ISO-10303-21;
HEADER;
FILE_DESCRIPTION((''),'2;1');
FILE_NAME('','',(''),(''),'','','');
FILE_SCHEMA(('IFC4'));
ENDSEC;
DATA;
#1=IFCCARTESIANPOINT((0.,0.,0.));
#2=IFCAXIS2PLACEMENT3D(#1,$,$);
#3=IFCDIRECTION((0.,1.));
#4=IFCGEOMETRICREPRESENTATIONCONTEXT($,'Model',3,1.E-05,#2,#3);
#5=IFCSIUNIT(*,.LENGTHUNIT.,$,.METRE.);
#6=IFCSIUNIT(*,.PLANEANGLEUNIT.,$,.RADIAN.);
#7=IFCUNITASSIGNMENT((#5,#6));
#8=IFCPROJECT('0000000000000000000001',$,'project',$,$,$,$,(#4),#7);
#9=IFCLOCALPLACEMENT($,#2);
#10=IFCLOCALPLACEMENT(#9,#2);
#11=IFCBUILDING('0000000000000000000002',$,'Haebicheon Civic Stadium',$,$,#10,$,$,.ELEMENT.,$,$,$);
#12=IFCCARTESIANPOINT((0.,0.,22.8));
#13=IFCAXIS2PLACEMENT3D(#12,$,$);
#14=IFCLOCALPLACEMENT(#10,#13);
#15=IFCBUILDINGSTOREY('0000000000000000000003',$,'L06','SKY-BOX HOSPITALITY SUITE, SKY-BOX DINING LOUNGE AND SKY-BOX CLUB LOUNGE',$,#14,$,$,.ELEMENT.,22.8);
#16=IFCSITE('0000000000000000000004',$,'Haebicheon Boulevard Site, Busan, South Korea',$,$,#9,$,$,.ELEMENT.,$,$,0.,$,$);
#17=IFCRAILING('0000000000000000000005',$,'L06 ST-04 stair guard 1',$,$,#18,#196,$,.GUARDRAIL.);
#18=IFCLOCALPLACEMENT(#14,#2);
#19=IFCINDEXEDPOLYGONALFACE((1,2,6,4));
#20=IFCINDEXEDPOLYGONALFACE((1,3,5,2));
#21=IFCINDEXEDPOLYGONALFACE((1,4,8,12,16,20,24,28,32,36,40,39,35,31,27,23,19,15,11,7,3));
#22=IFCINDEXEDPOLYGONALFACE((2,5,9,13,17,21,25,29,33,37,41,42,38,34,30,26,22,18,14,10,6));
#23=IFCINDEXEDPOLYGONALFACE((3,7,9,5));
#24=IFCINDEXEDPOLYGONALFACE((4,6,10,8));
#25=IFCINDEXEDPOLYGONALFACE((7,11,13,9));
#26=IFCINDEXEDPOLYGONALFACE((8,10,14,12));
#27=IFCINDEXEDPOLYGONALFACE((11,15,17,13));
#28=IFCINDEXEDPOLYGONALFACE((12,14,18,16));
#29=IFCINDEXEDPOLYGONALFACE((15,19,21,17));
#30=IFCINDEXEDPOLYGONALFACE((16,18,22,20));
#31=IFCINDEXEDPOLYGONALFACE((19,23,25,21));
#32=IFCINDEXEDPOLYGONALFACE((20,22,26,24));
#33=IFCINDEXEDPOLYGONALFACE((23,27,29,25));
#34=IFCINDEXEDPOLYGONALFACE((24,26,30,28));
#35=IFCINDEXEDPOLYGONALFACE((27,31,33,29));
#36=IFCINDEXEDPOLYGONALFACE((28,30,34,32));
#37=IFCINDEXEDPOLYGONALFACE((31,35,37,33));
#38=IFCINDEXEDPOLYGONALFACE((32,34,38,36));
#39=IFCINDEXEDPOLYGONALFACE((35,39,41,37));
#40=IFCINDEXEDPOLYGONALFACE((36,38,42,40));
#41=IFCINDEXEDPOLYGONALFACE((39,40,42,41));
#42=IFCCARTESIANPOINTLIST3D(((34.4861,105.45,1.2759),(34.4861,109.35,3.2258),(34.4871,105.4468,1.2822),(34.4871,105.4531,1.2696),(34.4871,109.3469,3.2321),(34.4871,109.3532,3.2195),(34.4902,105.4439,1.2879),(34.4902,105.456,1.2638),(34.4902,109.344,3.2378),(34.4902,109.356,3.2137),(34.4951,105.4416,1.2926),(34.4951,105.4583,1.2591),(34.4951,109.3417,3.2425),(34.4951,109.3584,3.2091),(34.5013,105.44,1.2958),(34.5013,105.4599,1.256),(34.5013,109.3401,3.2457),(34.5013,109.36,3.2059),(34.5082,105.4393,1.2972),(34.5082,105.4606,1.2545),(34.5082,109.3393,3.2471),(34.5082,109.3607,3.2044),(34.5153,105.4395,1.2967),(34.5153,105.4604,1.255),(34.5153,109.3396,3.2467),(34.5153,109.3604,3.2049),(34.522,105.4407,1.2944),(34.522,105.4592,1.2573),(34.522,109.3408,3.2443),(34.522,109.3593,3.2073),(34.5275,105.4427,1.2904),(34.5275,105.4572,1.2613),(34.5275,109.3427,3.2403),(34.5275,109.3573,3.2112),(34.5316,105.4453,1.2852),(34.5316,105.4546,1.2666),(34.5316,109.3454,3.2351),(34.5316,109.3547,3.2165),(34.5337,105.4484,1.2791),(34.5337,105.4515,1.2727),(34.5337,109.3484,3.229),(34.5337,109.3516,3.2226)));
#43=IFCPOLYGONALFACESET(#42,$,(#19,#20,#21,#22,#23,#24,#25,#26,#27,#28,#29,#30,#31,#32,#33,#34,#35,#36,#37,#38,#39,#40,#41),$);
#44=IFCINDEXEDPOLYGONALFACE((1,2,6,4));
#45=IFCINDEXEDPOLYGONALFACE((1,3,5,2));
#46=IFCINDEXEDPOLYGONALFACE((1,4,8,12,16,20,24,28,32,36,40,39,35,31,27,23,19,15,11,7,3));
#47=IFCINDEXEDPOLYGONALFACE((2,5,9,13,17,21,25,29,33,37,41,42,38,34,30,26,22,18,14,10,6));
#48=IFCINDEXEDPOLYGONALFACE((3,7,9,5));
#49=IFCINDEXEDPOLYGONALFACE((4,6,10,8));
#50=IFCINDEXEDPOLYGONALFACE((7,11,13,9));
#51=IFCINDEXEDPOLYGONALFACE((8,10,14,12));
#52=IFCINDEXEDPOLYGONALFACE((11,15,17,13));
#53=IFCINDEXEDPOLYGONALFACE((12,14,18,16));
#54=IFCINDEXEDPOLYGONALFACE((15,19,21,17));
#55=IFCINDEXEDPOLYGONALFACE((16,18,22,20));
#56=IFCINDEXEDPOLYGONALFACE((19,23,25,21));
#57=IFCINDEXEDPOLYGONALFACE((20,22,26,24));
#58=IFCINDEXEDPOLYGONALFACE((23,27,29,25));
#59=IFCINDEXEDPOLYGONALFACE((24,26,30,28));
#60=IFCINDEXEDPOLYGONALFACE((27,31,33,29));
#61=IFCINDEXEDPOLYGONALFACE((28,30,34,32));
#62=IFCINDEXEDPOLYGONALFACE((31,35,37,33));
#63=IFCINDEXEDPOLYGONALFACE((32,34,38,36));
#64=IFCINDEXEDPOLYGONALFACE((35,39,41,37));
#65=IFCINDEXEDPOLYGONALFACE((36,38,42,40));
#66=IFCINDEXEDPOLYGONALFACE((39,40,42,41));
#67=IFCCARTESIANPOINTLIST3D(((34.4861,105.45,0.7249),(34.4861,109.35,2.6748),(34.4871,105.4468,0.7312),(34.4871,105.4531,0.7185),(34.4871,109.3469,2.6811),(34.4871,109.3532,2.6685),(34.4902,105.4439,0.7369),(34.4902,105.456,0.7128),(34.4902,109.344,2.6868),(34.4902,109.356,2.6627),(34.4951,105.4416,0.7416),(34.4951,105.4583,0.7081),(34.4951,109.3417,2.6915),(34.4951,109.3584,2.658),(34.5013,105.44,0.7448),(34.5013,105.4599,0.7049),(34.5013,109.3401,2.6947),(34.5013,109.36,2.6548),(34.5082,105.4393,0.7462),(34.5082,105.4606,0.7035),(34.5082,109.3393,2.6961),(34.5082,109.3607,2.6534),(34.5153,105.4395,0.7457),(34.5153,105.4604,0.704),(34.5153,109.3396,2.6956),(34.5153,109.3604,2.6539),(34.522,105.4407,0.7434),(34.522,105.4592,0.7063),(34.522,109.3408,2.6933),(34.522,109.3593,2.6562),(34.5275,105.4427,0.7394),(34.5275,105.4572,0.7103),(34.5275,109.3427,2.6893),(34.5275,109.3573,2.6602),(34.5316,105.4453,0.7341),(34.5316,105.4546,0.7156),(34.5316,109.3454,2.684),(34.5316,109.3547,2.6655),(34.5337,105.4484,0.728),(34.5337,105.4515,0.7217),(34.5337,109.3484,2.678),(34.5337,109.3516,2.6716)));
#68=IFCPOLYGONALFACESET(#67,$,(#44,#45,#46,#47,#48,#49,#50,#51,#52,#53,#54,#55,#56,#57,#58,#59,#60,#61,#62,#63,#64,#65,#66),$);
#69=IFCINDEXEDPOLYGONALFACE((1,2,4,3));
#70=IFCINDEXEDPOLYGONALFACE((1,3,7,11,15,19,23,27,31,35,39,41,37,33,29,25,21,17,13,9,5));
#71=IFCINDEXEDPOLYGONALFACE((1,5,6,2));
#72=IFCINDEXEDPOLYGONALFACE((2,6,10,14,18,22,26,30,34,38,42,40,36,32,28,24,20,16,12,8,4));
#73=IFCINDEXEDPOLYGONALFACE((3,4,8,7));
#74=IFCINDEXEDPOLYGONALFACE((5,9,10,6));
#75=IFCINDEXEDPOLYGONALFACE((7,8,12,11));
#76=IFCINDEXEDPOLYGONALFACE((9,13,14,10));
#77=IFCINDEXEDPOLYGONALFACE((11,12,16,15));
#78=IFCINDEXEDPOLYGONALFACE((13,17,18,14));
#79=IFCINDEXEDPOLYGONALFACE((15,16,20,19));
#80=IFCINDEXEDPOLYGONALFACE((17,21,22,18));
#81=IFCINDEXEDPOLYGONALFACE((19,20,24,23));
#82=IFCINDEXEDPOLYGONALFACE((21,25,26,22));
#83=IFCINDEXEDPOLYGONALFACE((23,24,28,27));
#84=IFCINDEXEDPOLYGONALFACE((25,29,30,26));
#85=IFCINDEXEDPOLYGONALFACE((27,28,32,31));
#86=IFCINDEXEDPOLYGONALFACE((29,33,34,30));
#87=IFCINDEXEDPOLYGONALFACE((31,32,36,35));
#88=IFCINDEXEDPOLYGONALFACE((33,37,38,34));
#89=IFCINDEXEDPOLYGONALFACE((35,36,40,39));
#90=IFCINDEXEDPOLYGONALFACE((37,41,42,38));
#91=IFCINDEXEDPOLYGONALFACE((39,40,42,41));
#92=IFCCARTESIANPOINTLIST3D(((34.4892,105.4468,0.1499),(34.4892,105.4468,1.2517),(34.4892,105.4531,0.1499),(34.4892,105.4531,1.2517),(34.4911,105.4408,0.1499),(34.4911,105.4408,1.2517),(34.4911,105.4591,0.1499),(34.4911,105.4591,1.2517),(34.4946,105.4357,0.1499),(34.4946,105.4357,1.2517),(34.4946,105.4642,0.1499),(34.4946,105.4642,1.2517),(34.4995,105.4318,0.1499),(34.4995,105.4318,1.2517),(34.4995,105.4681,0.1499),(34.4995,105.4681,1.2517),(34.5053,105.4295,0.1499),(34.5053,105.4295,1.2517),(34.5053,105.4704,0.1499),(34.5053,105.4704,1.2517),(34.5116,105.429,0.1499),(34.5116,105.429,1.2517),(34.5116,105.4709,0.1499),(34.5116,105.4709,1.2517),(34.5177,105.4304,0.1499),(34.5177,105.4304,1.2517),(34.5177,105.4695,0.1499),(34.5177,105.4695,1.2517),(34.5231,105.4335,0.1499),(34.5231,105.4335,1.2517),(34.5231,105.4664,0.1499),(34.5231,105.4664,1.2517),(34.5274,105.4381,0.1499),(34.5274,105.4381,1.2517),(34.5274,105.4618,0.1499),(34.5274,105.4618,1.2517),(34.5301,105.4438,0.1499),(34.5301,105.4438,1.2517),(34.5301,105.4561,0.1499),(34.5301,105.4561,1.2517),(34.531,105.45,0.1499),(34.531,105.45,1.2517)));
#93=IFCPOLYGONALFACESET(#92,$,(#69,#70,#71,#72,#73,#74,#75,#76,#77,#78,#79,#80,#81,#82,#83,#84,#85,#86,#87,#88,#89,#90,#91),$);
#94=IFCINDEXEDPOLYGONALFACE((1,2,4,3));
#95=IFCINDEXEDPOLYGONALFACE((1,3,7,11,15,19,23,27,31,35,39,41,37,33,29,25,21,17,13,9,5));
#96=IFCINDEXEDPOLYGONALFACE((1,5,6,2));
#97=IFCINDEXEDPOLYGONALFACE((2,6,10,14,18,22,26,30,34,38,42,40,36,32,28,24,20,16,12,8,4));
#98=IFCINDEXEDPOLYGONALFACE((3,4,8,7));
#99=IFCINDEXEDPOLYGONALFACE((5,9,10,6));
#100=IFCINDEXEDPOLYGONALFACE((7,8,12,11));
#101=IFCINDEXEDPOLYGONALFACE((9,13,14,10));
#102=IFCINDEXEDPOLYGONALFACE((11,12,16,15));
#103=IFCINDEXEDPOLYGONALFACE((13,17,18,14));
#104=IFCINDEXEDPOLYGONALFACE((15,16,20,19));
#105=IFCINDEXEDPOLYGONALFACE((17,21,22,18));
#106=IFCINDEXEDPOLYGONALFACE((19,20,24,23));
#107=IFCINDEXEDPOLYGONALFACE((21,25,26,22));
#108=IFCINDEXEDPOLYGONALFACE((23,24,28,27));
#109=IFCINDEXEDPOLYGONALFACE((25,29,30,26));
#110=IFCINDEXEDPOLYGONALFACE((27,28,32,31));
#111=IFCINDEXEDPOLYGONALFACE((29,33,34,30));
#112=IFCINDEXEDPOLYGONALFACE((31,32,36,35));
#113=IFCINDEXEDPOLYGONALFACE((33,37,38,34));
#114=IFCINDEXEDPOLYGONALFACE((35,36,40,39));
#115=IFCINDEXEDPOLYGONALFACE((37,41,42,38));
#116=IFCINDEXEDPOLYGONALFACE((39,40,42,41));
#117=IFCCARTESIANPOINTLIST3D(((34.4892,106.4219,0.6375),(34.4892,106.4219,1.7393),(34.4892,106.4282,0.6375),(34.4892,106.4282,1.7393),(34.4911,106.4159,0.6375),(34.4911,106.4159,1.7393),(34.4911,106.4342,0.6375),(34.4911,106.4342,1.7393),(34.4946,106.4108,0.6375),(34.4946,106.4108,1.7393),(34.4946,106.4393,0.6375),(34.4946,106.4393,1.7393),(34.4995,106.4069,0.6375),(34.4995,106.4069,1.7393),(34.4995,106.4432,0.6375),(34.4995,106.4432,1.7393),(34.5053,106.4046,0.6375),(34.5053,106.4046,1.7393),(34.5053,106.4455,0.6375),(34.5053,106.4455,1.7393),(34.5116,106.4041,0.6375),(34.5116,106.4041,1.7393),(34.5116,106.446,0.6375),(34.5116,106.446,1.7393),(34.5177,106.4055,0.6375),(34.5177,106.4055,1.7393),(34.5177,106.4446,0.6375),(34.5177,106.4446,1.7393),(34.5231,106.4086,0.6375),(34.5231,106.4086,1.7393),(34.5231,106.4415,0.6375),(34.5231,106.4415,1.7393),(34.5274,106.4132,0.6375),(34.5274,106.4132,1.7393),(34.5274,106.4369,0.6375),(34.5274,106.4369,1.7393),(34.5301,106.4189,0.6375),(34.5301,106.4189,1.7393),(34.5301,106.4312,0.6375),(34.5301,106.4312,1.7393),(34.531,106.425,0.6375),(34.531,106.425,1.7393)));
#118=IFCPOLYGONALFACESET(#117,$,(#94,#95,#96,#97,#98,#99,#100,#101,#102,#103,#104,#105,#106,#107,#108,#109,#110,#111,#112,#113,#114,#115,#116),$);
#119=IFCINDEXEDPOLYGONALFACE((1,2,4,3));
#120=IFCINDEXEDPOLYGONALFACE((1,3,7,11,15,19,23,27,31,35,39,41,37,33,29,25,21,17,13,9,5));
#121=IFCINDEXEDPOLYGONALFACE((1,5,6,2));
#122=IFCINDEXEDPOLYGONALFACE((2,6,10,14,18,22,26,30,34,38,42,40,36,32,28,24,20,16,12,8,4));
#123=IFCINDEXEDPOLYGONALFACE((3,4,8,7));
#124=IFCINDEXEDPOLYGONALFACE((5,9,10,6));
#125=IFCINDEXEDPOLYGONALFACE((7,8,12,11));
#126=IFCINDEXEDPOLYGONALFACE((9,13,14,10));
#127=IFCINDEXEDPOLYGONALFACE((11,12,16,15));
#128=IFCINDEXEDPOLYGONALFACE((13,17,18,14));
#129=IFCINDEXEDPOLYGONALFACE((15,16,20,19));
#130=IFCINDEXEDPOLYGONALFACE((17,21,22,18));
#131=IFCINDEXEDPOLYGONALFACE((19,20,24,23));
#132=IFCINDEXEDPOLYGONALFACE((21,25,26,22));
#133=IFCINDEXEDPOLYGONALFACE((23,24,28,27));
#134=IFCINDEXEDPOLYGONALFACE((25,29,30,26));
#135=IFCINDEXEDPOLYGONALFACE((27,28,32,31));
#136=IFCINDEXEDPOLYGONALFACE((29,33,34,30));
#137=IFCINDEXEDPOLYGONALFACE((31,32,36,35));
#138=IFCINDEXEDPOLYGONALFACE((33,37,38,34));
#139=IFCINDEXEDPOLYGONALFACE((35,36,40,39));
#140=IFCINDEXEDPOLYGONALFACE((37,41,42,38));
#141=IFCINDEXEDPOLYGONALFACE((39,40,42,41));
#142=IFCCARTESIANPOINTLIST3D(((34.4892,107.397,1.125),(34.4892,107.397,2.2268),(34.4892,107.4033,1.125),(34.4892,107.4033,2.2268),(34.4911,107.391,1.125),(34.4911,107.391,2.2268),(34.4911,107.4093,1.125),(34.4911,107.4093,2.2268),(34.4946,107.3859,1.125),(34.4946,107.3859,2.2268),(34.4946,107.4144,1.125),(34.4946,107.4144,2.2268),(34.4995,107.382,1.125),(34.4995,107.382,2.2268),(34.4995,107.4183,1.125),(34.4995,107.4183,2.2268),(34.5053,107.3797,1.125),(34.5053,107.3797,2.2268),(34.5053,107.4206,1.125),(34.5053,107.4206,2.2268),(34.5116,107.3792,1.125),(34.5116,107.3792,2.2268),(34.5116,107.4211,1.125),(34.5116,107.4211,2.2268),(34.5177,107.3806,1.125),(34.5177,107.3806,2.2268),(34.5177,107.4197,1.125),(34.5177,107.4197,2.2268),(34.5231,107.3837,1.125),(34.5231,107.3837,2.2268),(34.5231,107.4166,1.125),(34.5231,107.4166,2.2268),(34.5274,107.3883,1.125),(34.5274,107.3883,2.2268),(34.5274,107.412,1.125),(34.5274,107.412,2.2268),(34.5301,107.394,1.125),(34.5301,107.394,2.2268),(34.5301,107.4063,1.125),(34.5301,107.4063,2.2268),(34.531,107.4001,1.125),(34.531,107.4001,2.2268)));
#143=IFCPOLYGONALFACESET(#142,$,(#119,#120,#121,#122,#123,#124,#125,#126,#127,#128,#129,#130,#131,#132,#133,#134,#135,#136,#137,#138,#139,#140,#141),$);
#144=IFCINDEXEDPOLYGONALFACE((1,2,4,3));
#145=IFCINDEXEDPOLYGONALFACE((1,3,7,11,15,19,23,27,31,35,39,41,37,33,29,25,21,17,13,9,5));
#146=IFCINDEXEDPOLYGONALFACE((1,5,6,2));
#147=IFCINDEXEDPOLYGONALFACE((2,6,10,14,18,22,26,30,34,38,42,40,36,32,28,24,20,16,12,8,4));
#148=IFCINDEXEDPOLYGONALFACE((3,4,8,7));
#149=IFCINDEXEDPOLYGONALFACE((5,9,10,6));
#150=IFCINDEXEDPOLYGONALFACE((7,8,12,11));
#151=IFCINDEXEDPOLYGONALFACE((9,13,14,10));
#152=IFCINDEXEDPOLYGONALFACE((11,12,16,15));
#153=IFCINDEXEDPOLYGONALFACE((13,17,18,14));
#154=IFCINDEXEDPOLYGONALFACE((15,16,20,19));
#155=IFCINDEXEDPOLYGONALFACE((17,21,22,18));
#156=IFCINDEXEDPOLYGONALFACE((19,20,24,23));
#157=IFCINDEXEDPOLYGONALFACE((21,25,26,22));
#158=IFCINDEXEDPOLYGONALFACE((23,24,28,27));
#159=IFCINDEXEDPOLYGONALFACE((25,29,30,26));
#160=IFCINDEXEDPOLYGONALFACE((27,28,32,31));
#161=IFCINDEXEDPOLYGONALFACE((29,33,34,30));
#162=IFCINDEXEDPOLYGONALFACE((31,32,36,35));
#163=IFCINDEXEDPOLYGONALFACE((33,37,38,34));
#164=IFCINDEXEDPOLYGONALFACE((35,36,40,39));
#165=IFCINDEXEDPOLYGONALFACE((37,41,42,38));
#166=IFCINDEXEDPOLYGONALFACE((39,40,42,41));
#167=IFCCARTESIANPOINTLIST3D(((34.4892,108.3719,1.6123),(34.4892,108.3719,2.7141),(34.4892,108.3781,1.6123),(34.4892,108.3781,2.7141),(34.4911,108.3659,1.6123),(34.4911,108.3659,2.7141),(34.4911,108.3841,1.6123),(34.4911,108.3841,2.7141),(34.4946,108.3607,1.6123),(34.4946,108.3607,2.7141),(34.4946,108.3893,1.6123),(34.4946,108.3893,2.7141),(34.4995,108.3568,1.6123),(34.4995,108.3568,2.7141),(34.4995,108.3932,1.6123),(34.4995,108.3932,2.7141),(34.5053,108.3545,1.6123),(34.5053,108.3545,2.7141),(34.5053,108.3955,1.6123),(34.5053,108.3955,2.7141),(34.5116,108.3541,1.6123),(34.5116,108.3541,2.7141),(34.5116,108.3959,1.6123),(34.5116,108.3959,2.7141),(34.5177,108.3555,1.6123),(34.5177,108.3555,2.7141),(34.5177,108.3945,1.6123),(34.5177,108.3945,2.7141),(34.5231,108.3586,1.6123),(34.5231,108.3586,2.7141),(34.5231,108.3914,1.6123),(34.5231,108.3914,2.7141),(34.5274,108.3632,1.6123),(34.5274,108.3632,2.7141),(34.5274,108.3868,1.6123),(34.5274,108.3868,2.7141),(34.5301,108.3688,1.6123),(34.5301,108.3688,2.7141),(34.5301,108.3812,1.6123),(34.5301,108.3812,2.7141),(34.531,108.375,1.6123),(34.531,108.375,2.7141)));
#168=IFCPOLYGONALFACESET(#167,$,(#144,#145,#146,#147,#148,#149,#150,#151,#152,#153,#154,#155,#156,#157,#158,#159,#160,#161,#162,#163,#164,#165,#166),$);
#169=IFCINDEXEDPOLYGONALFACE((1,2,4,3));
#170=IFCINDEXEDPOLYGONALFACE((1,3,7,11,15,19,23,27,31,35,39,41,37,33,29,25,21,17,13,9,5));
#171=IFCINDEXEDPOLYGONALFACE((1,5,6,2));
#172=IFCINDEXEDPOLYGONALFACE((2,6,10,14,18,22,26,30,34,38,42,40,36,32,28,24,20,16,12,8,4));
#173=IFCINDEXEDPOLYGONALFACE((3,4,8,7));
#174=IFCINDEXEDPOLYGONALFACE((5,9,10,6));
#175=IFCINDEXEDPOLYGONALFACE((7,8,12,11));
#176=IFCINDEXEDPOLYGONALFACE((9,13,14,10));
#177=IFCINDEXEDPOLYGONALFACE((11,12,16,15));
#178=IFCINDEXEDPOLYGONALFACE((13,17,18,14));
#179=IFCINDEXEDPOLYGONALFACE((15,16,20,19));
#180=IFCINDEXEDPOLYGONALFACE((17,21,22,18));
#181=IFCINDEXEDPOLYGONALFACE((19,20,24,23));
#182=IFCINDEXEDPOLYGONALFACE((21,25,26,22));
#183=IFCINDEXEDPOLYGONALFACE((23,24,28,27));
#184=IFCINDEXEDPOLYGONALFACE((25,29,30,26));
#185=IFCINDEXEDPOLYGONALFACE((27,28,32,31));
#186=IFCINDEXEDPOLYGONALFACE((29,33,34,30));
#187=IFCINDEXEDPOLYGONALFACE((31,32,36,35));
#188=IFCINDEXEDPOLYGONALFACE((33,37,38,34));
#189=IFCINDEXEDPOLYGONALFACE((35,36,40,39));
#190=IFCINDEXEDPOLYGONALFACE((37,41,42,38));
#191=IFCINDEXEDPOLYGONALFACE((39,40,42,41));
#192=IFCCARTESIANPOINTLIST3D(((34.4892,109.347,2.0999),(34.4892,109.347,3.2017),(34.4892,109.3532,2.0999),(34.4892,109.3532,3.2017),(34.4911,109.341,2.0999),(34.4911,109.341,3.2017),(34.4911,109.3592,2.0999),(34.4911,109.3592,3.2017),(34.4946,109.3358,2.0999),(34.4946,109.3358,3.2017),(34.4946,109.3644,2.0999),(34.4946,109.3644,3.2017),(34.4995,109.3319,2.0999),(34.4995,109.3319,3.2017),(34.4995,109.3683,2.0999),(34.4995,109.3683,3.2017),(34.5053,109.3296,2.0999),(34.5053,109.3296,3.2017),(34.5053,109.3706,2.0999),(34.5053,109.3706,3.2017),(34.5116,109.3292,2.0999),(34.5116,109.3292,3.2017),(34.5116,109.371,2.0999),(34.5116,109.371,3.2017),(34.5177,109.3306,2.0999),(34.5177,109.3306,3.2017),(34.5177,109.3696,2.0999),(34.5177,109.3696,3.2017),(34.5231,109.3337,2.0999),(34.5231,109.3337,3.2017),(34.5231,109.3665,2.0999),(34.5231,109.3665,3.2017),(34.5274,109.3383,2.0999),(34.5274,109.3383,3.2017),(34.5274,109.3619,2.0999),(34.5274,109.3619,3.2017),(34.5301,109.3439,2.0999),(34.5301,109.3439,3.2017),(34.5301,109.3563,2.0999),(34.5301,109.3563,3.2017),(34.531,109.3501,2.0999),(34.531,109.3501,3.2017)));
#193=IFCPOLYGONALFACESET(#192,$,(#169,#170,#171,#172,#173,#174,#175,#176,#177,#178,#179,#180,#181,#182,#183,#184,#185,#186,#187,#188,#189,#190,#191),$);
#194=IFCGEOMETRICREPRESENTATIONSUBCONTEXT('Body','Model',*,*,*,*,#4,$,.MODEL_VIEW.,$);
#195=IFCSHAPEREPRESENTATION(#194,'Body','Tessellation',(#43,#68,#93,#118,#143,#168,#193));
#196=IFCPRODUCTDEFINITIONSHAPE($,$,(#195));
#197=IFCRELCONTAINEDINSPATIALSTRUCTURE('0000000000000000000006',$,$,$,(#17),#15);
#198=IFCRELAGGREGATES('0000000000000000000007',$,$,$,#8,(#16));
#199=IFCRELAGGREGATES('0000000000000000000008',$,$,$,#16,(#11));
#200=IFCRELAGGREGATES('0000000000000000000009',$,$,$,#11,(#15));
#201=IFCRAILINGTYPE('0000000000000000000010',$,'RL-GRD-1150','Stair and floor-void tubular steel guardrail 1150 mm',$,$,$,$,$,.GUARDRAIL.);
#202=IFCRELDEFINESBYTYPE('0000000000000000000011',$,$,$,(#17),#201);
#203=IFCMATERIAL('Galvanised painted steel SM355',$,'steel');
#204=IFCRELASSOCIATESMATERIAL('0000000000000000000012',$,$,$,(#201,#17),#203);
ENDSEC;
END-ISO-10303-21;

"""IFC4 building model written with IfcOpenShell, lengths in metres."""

from ifc_helpers import new_model, si_unit, direction, frame, origin, origin_2d, place, context, subcontext, project, spatial, circle, extrude, material, type_object, element, save


model = new_model("IFC4")

# Units and contexts
model_context = context("Model", 3, precision=1e-05, world=origin(), true_north=direction((0.0, 1.0)))
body_context = subcontext(model_context, "Body", "Model", "MODEL_VIEW")
ifc_project = project(units=[si_unit("LENGTHUNIT", "METRE"), si_unit("PLANEANGLEUNIT", "RADIAN")], contexts=[model_context])

# Site, building, storey
site_placement = place(None, origin())
site = spatial("IfcSite", under=ifc_project, at=site_placement, Name="Haebicheon Boulevard Site, Busan, South Korea", CompositionType="ELEMENT", RefElevation=0.0)
building_placement = place(site_placement, origin())
building = spatial("IfcBuilding", under=site, at=building_placement, Name="Haebicheon Civic Stadium", CompositionType="ELEMENT")
storey_placement = place(building_placement, frame((0.0, 0.0, 22.8)))
storey = spatial("IfcBuildingStorey", under=building, at=storey_placement, Name="L06", Description="SKY-BOX HOSPITALITY SUITE, SKY-BOX DINING LOUNGE AND SKY-BOX CLUB LOUNGE", CompositionType="ELEMENT", Elevation=22.8)

# Railing
ifc_material_1 = material(Name="Galvanised painted steel SM355", Category="steel")
railing_type_1 = type_object("IfcRailingType", Name="RL-GRD-1150", Description="Stair and floor-void tubular steel guardrail 1150 mm", PredefinedType="GUARDRAIL", material=ifc_material_1)
railing_1_placement = place(storey_placement, frame((34.51, 105.45, 0.1499)))
element("IfcRailing", 1, at=railing_1_placement, inside=storey, type_object=railing_type_1, material=ifc_material_1, Name="L06 ST-04 stair guard 1", PredefinedType="GUARDRAIL", context=body_context, shape_type="SweptSolid", body=[
    extrude(circle(Radius=0.0239, at=origin_2d()), frame((0.0, 0.0, 1.126), z_axis=(0.0, 0.894438, 0.447191), x_axis=(-1.0, 0.0, 0.0)), (0.0, 0.0, 1.0), 4.3604),
    extrude(circle(Radius=0.0239, at=origin_2d()), frame((0.0, 0.0, 0.575), z_axis=(0.0, 0.894438, 0.447191), x_axis=(-1.0, 0.0, 0.0)), (0.0, 0.0, 1.0), 4.3604),
    extrude(circle(Radius=0.021, at=origin_2d()), origin(), (0.0, 0.0, 1.0), 1.1018),
    extrude(circle(Radius=0.021, at=origin_2d()), frame((0.0, 0.9751, 0.4875)), (0.0, 0.0, 1.0), 1.1018),
    extrude(circle(Radius=0.021, at=origin_2d()), frame((0.0, 1.9502, 0.9751)), (0.0, 0.0, 1.0), 1.1018),
    extrude(circle(Radius=0.021, at=origin_2d()), frame((0.0, 2.925, 1.4624)), (0.0, 0.0, 1.0), 1.1018),
    extrude(circle(Radius=0.021, at=origin_2d()), frame((0.0, 3.9001, 1.95)), (0.0, 0.0, 1.0), 1.1018),
])

save(model, "model.ifc")
